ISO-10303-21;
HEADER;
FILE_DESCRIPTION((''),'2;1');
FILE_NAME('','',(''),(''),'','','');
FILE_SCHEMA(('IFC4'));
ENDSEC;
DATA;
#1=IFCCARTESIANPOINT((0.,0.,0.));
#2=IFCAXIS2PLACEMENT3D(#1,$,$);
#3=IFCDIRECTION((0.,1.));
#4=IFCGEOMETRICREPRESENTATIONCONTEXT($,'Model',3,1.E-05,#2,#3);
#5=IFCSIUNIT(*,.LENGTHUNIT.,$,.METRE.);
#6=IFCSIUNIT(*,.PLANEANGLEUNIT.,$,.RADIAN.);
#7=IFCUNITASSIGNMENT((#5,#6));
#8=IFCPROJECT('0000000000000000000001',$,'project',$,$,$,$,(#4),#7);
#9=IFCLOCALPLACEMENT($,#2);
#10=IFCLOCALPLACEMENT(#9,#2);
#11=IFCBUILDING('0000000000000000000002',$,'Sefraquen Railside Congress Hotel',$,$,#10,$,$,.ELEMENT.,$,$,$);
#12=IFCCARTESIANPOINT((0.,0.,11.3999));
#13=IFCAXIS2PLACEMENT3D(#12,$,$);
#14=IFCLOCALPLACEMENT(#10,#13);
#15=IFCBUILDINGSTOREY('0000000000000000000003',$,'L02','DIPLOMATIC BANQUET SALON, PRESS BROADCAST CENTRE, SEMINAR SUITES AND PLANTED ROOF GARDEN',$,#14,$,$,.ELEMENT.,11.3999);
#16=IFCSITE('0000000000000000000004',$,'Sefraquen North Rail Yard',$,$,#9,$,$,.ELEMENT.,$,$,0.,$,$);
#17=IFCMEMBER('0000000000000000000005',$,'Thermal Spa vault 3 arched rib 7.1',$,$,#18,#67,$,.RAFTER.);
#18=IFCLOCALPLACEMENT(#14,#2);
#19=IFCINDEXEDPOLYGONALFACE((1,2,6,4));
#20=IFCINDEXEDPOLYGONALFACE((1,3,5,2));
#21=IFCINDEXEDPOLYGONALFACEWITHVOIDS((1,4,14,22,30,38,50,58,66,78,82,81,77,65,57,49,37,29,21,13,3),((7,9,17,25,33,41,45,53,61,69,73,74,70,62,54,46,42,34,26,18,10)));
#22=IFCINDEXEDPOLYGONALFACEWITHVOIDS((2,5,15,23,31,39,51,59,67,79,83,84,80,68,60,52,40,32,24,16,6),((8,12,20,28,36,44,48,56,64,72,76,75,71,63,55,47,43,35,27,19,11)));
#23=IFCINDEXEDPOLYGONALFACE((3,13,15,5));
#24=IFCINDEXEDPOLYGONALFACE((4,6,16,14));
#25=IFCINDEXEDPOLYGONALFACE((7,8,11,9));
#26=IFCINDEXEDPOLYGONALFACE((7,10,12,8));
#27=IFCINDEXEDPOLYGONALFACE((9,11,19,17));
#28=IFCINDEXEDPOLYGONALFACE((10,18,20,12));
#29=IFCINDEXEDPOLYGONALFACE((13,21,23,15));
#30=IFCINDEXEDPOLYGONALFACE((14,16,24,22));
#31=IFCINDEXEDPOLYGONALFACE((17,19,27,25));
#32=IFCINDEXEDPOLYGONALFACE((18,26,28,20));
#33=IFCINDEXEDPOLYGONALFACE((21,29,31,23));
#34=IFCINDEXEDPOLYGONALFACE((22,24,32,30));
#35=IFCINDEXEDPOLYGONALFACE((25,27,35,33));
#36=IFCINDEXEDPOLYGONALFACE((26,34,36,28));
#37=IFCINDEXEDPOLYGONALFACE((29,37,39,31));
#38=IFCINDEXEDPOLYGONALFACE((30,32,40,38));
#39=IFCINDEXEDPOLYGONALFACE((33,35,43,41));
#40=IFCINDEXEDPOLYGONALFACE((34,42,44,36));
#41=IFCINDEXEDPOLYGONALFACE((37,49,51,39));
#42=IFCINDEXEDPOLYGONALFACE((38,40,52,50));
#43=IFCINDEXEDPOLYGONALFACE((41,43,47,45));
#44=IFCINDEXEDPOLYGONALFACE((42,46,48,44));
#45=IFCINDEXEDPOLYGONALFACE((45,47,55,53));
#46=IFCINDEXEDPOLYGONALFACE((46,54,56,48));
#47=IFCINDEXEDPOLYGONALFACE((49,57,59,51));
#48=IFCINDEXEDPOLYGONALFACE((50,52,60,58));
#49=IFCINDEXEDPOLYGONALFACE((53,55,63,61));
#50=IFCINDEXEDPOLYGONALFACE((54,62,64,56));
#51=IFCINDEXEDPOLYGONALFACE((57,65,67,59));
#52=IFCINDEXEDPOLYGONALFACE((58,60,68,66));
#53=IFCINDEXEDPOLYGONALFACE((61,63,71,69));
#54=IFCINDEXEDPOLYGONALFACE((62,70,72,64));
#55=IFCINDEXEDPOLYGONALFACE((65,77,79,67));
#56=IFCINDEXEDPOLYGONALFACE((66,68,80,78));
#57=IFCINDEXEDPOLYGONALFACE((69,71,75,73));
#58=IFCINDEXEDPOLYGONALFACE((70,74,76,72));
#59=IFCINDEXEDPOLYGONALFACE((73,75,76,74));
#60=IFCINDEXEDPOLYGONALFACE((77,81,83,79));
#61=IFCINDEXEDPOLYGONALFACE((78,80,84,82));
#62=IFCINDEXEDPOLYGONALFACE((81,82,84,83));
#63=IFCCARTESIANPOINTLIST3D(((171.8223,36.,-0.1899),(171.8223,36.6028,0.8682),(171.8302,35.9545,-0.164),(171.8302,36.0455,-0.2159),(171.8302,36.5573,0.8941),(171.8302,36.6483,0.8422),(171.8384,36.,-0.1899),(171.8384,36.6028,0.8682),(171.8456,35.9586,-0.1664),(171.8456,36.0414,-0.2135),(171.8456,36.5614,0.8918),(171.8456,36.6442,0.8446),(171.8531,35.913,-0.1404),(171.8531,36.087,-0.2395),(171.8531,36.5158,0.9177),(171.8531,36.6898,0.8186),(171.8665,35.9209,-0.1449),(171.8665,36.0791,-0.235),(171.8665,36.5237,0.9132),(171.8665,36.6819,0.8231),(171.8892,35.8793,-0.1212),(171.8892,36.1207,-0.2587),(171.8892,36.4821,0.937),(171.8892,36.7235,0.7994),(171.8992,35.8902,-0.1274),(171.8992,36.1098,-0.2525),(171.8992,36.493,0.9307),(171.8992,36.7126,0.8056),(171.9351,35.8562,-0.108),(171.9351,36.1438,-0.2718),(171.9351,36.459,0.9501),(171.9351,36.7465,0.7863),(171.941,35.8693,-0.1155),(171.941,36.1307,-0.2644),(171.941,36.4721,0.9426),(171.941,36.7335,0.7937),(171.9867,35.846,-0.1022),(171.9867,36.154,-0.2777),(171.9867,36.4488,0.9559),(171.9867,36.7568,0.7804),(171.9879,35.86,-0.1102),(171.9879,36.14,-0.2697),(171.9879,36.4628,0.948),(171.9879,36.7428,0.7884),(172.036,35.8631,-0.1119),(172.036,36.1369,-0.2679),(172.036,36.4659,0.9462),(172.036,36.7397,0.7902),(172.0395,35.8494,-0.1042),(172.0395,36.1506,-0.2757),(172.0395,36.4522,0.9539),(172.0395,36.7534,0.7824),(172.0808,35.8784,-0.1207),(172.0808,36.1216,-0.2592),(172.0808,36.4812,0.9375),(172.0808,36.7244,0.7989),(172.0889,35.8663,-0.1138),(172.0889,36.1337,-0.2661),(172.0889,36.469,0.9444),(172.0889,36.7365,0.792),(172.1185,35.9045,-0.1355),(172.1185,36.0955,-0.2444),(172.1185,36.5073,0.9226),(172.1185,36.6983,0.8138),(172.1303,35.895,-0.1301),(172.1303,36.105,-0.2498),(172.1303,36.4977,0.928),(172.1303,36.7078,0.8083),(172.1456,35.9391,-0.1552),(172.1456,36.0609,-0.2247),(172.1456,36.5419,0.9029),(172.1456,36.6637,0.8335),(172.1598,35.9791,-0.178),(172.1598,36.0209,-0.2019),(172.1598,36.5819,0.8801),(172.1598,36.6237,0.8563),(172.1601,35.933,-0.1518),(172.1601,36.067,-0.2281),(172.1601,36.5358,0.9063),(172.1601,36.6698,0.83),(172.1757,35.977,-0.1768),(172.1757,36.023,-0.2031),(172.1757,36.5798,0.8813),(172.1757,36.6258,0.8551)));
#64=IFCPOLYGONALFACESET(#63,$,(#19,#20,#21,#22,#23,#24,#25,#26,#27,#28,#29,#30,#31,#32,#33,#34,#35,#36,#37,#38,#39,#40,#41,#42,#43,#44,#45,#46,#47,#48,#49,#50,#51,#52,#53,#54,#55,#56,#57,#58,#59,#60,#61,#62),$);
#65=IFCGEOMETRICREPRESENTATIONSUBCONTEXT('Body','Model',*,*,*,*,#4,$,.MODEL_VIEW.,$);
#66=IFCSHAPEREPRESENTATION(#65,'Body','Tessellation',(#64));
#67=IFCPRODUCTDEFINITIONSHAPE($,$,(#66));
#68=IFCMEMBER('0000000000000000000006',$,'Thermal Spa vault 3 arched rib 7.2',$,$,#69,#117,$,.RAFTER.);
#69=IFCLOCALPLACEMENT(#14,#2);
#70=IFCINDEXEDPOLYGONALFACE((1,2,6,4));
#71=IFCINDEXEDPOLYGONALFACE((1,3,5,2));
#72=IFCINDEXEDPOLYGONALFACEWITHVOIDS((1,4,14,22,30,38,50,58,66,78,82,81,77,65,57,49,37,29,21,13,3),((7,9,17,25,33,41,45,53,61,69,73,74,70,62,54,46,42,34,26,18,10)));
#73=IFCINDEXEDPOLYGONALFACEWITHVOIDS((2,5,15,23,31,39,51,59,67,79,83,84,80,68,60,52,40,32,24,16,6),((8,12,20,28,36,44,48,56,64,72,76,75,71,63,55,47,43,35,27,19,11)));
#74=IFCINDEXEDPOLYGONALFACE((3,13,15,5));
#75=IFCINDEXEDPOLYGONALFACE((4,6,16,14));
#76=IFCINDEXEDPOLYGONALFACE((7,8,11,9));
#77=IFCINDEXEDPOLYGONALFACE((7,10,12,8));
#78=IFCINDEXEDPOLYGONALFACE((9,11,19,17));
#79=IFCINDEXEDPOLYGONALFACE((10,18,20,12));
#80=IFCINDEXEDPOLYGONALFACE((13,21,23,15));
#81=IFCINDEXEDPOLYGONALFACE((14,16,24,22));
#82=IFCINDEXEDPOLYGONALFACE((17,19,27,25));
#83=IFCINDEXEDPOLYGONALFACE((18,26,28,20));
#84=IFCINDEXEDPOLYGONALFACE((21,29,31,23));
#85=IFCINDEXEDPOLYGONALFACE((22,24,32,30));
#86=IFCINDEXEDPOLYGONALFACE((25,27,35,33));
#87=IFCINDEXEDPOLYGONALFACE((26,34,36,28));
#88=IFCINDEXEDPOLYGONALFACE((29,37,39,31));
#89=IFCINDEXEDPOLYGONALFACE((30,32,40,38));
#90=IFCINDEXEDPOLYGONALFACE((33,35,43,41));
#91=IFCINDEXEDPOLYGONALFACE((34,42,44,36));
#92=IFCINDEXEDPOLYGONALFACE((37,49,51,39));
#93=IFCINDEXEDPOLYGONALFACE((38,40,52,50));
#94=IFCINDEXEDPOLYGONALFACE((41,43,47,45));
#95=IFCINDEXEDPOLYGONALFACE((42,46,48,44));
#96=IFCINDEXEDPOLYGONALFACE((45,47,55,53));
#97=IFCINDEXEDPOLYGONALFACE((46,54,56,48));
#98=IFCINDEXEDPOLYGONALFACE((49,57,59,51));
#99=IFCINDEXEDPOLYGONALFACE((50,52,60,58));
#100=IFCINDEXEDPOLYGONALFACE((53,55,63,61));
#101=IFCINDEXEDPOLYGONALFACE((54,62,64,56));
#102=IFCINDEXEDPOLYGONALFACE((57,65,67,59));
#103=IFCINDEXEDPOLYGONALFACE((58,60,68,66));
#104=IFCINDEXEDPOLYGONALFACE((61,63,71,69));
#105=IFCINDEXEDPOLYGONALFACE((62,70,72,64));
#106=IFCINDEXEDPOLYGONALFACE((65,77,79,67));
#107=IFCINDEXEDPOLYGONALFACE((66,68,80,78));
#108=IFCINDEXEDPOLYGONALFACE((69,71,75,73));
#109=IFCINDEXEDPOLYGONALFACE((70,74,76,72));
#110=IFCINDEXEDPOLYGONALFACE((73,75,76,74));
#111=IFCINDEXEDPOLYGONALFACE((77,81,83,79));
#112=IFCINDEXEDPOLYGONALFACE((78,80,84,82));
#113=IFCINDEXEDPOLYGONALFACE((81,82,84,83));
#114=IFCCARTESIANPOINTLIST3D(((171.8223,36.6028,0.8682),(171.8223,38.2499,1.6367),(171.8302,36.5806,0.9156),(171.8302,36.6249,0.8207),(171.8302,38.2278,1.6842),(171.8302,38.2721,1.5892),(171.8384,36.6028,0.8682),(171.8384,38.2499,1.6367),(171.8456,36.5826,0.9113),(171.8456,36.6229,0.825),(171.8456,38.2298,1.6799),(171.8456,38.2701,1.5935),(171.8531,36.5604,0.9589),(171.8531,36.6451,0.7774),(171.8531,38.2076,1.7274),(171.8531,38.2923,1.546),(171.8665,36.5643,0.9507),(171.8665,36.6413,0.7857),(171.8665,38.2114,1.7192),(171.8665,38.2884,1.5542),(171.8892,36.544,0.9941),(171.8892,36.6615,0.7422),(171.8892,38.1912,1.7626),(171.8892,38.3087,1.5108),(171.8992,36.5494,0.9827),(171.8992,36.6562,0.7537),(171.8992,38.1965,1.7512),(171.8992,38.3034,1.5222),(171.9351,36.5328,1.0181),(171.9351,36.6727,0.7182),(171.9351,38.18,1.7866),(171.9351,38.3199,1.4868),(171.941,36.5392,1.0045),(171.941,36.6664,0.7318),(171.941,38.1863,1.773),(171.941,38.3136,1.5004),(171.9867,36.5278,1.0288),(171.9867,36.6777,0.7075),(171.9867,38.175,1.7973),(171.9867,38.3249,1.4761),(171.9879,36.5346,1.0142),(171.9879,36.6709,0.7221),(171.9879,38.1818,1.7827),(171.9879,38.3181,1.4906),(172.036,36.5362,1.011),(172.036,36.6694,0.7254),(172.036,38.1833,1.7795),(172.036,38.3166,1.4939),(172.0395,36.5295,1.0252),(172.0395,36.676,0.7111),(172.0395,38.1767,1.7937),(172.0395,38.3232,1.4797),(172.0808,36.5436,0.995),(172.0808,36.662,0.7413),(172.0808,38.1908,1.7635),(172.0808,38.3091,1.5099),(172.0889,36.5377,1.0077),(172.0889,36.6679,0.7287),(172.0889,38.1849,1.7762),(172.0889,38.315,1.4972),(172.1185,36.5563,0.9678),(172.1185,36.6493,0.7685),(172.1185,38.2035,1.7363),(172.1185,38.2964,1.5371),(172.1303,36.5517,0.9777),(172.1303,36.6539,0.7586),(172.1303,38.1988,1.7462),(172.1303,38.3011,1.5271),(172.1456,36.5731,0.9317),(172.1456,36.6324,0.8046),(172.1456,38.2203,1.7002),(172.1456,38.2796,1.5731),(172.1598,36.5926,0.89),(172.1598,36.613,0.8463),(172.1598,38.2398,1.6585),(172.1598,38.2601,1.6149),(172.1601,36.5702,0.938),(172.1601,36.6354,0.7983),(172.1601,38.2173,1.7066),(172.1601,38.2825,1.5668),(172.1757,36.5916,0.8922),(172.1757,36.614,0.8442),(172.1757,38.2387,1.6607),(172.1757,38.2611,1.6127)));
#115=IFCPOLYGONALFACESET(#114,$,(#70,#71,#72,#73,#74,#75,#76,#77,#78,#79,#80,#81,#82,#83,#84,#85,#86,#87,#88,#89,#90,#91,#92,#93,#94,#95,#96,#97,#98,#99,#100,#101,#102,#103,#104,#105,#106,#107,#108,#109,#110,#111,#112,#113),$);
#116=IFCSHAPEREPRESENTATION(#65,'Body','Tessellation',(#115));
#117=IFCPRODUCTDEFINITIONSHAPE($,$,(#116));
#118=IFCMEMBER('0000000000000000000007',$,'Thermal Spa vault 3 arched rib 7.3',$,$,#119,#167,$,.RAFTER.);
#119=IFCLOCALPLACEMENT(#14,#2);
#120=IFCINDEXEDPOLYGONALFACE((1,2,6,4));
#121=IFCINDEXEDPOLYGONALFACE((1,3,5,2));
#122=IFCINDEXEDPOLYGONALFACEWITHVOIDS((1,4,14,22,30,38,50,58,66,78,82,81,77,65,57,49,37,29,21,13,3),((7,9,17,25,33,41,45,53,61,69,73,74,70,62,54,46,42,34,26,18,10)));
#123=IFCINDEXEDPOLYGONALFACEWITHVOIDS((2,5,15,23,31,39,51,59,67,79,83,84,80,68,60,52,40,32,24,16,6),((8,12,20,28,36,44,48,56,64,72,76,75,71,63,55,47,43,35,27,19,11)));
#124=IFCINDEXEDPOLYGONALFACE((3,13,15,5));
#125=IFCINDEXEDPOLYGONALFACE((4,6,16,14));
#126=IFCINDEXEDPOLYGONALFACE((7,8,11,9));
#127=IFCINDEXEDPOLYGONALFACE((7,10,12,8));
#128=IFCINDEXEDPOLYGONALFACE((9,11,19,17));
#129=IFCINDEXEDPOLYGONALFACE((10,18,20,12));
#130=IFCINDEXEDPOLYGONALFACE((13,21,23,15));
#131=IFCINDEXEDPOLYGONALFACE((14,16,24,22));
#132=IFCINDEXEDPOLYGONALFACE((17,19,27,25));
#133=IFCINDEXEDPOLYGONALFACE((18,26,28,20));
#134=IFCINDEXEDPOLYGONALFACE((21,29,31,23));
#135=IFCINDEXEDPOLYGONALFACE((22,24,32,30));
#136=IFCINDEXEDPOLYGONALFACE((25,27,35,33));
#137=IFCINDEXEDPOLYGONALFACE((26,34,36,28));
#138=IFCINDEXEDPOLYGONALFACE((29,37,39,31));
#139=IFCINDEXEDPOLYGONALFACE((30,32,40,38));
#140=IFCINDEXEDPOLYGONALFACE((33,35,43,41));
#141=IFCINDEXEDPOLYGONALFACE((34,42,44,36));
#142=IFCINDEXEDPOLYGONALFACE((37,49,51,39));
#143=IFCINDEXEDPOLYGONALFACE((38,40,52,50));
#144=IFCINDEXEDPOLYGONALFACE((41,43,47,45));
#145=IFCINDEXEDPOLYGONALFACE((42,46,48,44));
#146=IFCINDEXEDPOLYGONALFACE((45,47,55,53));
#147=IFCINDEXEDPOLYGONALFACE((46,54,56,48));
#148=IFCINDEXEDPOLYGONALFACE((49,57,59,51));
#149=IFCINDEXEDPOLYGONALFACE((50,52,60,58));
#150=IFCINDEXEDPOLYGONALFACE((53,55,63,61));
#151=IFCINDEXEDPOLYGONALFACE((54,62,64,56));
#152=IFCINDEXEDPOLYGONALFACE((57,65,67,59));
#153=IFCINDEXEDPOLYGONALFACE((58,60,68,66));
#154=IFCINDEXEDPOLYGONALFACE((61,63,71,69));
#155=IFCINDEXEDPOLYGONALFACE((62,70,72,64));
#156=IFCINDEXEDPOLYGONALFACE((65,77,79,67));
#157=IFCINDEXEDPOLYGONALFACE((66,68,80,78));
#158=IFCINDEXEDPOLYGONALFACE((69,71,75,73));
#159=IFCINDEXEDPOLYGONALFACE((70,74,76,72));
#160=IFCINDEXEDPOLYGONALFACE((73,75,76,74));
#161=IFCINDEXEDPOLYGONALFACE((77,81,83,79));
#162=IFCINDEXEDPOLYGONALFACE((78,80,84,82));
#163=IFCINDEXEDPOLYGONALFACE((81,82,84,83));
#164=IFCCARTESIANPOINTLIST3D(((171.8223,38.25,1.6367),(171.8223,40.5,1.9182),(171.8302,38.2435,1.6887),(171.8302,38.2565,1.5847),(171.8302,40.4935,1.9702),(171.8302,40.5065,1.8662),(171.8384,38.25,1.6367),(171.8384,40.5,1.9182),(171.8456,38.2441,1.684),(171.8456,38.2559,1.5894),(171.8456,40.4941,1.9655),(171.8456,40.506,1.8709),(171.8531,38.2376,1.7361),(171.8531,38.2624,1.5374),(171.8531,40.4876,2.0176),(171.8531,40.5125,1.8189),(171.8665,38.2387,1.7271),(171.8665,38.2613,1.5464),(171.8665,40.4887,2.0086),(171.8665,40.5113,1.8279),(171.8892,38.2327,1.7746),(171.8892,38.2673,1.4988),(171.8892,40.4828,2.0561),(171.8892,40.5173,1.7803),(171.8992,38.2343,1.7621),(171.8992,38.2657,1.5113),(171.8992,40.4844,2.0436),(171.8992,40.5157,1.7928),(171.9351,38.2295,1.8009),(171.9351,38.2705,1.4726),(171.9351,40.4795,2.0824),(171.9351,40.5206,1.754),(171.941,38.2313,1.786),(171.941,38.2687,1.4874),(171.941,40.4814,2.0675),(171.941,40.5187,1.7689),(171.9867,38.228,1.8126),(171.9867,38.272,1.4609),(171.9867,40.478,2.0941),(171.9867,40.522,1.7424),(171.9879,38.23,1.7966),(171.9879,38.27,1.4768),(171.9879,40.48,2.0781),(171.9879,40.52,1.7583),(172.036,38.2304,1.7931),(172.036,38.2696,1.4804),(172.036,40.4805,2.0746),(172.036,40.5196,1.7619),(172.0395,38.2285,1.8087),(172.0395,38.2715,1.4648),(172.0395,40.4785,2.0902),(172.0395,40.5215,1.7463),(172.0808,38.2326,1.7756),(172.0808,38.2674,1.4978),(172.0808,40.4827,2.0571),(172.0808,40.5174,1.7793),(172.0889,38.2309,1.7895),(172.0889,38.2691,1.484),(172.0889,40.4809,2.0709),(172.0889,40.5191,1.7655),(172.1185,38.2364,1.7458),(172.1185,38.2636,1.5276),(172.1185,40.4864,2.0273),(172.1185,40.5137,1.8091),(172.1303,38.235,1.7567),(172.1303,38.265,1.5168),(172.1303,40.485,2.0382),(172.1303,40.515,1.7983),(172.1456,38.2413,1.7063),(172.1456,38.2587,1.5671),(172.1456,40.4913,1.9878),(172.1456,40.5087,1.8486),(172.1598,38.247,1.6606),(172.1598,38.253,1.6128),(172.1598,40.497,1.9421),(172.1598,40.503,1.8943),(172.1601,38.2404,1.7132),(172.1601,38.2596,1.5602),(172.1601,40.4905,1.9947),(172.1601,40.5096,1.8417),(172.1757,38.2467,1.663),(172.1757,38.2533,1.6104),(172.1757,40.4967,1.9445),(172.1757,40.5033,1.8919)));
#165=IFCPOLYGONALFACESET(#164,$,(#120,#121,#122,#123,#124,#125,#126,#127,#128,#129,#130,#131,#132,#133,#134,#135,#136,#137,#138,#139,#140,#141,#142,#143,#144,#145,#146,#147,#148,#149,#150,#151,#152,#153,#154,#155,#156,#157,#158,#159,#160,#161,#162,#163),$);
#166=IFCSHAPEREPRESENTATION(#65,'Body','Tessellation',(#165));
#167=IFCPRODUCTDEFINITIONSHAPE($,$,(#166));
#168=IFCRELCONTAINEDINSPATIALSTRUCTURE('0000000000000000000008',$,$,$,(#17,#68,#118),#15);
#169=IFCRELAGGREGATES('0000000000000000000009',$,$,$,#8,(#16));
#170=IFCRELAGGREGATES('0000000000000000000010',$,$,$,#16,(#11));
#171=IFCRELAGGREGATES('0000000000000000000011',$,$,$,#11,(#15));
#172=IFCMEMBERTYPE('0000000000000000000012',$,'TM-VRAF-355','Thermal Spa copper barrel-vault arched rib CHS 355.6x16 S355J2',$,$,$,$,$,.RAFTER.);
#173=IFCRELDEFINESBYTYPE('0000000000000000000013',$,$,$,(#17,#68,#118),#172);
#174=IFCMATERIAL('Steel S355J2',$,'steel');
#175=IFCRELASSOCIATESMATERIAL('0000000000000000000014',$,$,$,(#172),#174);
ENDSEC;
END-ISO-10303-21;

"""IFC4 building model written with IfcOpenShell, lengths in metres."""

from ifc_helpers import new_model, si_unit, direction, frame, origin, origin_2d, place, context, subcontext, project, spatial, hollow_circle, extrude, material, material_profile, profile_set, type_object, element, save


model = new_model("IFC4")

# Units and contexts
model_context = context("Model", 3, precision=1e-05, world=origin(), true_north=direction((0.0, 1.0)))
body_context = subcontext(model_context, "Body", "Model", "MODEL_VIEW")
ifc_project = project(units=[si_unit("LENGTHUNIT", "METRE"), si_unit("PLANEANGLEUNIT", "RADIAN")], contexts=[model_context])

# Site, building, storey
site_placement = place(None, origin())
site = spatial("IfcSite", under=ifc_project, at=site_placement, Name="Sefraquen North Rail Yard", CompositionType="ELEMENT", RefElevation=0.0)
building_placement = place(site_placement, origin())
building = spatial("IfcBuilding", under=site, at=building_placement, Name="Sefraquen Railside Congress Hotel", CompositionType="ELEMENT")
storey_placement = place(building_placement, frame((0.0, 0.0, 11.3999)))
storey = spatial("IfcBuildingStorey", under=building, at=storey_placement, Name="L02", Description="DIPLOMATIC BANQUET SALON, PRESS BROADCAST CENTRE, SEMINAR SUITES AND PLANTED ROOF GARDEN", CompositionType="ELEMENT", Elevation=11.3999)

# Members
ifc_material_1 = material(Name="Steel S355J2", Category="steel")
ifc_material_profile_1 = material_profile(ifc_material_1, hollow_circle(Radius=0.1777, WallThickness=0.0161, at=origin_2d()), Name="CHS 355.6x16")
ifc_profile_set_1 = profile_set([ifc_material_profile_1], Name="Steel S355J2")
member_type = type_object("IfcMemberType", Name="TM-VRAF-355", Description="Thermal Spa copper barrel-vault arched rib CHS 355.6x16 S355J2", PredefinedType="RAFTER", material=ifc_profile_set_1)
for number, where, z_axis, x_axis, name in (
    (1, (172.0, 36.0, -0.1899), (0.0, 0.494994, 0.868896), (-1.0, 0.0, 0.0), "Thermal Spa vault 3 arched rib 7.1"),
):
    element("IfcMember", number, at=place(storey_placement, frame(where, z_axis=z_axis, x_axis=x_axis)), inside=storey, type_object=member_type, Name=name, PredefinedType="RAFTER", context=body_context, shape_type="SweptSolid", body=[
        extrude(hollow_circle(Radius=0.1777, WallThickness=0.0161, at=origin_2d()), origin(), (0.0, 0.0, 1.0), 1.2178),
    ])
member_1_placement = place(storey_placement, frame((172.0, 36.6028, 0.8682), z_axis=(0.0, 0.906214, 0.422819), x_axis=(-1.0, 0.0, 0.0)))
element("IfcMember", 2, at=member_1_placement, inside=storey, type_object=member_type, Name="Thermal Spa vault 3 arched rib 7.2", PredefinedType="RAFTER", context=body_context, shape_type="SweptSolid", body=[
    extrude(hollow_circle(Radius=0.1777, WallThickness=0.0161, at=origin_2d()), origin(), (0.0, 0.0, 1.0), 1.8176),
])
for number, where, z_axis, x_axis, name in (
    (3, (172.0, 38.25, 1.6367), (0.0, 0.992265, 0.124141), (-1.0, 0.0, 0.0), "Thermal Spa vault 3 arched rib 7.3"),
):
    element("IfcMember", number, at=place(storey_placement, frame(where, z_axis=z_axis, x_axis=x_axis)), inside=storey, type_object=member_type, Name=name, PredefinedType="RAFTER", context=body_context, shape_type="SweptSolid", body=[
        extrude(hollow_circle(Radius=0.1777, WallThickness=0.0161, at=origin_2d()), origin(), (0.0, 0.0, 1.0), 2.2676),
    ])

save(model, "model.ifc")
